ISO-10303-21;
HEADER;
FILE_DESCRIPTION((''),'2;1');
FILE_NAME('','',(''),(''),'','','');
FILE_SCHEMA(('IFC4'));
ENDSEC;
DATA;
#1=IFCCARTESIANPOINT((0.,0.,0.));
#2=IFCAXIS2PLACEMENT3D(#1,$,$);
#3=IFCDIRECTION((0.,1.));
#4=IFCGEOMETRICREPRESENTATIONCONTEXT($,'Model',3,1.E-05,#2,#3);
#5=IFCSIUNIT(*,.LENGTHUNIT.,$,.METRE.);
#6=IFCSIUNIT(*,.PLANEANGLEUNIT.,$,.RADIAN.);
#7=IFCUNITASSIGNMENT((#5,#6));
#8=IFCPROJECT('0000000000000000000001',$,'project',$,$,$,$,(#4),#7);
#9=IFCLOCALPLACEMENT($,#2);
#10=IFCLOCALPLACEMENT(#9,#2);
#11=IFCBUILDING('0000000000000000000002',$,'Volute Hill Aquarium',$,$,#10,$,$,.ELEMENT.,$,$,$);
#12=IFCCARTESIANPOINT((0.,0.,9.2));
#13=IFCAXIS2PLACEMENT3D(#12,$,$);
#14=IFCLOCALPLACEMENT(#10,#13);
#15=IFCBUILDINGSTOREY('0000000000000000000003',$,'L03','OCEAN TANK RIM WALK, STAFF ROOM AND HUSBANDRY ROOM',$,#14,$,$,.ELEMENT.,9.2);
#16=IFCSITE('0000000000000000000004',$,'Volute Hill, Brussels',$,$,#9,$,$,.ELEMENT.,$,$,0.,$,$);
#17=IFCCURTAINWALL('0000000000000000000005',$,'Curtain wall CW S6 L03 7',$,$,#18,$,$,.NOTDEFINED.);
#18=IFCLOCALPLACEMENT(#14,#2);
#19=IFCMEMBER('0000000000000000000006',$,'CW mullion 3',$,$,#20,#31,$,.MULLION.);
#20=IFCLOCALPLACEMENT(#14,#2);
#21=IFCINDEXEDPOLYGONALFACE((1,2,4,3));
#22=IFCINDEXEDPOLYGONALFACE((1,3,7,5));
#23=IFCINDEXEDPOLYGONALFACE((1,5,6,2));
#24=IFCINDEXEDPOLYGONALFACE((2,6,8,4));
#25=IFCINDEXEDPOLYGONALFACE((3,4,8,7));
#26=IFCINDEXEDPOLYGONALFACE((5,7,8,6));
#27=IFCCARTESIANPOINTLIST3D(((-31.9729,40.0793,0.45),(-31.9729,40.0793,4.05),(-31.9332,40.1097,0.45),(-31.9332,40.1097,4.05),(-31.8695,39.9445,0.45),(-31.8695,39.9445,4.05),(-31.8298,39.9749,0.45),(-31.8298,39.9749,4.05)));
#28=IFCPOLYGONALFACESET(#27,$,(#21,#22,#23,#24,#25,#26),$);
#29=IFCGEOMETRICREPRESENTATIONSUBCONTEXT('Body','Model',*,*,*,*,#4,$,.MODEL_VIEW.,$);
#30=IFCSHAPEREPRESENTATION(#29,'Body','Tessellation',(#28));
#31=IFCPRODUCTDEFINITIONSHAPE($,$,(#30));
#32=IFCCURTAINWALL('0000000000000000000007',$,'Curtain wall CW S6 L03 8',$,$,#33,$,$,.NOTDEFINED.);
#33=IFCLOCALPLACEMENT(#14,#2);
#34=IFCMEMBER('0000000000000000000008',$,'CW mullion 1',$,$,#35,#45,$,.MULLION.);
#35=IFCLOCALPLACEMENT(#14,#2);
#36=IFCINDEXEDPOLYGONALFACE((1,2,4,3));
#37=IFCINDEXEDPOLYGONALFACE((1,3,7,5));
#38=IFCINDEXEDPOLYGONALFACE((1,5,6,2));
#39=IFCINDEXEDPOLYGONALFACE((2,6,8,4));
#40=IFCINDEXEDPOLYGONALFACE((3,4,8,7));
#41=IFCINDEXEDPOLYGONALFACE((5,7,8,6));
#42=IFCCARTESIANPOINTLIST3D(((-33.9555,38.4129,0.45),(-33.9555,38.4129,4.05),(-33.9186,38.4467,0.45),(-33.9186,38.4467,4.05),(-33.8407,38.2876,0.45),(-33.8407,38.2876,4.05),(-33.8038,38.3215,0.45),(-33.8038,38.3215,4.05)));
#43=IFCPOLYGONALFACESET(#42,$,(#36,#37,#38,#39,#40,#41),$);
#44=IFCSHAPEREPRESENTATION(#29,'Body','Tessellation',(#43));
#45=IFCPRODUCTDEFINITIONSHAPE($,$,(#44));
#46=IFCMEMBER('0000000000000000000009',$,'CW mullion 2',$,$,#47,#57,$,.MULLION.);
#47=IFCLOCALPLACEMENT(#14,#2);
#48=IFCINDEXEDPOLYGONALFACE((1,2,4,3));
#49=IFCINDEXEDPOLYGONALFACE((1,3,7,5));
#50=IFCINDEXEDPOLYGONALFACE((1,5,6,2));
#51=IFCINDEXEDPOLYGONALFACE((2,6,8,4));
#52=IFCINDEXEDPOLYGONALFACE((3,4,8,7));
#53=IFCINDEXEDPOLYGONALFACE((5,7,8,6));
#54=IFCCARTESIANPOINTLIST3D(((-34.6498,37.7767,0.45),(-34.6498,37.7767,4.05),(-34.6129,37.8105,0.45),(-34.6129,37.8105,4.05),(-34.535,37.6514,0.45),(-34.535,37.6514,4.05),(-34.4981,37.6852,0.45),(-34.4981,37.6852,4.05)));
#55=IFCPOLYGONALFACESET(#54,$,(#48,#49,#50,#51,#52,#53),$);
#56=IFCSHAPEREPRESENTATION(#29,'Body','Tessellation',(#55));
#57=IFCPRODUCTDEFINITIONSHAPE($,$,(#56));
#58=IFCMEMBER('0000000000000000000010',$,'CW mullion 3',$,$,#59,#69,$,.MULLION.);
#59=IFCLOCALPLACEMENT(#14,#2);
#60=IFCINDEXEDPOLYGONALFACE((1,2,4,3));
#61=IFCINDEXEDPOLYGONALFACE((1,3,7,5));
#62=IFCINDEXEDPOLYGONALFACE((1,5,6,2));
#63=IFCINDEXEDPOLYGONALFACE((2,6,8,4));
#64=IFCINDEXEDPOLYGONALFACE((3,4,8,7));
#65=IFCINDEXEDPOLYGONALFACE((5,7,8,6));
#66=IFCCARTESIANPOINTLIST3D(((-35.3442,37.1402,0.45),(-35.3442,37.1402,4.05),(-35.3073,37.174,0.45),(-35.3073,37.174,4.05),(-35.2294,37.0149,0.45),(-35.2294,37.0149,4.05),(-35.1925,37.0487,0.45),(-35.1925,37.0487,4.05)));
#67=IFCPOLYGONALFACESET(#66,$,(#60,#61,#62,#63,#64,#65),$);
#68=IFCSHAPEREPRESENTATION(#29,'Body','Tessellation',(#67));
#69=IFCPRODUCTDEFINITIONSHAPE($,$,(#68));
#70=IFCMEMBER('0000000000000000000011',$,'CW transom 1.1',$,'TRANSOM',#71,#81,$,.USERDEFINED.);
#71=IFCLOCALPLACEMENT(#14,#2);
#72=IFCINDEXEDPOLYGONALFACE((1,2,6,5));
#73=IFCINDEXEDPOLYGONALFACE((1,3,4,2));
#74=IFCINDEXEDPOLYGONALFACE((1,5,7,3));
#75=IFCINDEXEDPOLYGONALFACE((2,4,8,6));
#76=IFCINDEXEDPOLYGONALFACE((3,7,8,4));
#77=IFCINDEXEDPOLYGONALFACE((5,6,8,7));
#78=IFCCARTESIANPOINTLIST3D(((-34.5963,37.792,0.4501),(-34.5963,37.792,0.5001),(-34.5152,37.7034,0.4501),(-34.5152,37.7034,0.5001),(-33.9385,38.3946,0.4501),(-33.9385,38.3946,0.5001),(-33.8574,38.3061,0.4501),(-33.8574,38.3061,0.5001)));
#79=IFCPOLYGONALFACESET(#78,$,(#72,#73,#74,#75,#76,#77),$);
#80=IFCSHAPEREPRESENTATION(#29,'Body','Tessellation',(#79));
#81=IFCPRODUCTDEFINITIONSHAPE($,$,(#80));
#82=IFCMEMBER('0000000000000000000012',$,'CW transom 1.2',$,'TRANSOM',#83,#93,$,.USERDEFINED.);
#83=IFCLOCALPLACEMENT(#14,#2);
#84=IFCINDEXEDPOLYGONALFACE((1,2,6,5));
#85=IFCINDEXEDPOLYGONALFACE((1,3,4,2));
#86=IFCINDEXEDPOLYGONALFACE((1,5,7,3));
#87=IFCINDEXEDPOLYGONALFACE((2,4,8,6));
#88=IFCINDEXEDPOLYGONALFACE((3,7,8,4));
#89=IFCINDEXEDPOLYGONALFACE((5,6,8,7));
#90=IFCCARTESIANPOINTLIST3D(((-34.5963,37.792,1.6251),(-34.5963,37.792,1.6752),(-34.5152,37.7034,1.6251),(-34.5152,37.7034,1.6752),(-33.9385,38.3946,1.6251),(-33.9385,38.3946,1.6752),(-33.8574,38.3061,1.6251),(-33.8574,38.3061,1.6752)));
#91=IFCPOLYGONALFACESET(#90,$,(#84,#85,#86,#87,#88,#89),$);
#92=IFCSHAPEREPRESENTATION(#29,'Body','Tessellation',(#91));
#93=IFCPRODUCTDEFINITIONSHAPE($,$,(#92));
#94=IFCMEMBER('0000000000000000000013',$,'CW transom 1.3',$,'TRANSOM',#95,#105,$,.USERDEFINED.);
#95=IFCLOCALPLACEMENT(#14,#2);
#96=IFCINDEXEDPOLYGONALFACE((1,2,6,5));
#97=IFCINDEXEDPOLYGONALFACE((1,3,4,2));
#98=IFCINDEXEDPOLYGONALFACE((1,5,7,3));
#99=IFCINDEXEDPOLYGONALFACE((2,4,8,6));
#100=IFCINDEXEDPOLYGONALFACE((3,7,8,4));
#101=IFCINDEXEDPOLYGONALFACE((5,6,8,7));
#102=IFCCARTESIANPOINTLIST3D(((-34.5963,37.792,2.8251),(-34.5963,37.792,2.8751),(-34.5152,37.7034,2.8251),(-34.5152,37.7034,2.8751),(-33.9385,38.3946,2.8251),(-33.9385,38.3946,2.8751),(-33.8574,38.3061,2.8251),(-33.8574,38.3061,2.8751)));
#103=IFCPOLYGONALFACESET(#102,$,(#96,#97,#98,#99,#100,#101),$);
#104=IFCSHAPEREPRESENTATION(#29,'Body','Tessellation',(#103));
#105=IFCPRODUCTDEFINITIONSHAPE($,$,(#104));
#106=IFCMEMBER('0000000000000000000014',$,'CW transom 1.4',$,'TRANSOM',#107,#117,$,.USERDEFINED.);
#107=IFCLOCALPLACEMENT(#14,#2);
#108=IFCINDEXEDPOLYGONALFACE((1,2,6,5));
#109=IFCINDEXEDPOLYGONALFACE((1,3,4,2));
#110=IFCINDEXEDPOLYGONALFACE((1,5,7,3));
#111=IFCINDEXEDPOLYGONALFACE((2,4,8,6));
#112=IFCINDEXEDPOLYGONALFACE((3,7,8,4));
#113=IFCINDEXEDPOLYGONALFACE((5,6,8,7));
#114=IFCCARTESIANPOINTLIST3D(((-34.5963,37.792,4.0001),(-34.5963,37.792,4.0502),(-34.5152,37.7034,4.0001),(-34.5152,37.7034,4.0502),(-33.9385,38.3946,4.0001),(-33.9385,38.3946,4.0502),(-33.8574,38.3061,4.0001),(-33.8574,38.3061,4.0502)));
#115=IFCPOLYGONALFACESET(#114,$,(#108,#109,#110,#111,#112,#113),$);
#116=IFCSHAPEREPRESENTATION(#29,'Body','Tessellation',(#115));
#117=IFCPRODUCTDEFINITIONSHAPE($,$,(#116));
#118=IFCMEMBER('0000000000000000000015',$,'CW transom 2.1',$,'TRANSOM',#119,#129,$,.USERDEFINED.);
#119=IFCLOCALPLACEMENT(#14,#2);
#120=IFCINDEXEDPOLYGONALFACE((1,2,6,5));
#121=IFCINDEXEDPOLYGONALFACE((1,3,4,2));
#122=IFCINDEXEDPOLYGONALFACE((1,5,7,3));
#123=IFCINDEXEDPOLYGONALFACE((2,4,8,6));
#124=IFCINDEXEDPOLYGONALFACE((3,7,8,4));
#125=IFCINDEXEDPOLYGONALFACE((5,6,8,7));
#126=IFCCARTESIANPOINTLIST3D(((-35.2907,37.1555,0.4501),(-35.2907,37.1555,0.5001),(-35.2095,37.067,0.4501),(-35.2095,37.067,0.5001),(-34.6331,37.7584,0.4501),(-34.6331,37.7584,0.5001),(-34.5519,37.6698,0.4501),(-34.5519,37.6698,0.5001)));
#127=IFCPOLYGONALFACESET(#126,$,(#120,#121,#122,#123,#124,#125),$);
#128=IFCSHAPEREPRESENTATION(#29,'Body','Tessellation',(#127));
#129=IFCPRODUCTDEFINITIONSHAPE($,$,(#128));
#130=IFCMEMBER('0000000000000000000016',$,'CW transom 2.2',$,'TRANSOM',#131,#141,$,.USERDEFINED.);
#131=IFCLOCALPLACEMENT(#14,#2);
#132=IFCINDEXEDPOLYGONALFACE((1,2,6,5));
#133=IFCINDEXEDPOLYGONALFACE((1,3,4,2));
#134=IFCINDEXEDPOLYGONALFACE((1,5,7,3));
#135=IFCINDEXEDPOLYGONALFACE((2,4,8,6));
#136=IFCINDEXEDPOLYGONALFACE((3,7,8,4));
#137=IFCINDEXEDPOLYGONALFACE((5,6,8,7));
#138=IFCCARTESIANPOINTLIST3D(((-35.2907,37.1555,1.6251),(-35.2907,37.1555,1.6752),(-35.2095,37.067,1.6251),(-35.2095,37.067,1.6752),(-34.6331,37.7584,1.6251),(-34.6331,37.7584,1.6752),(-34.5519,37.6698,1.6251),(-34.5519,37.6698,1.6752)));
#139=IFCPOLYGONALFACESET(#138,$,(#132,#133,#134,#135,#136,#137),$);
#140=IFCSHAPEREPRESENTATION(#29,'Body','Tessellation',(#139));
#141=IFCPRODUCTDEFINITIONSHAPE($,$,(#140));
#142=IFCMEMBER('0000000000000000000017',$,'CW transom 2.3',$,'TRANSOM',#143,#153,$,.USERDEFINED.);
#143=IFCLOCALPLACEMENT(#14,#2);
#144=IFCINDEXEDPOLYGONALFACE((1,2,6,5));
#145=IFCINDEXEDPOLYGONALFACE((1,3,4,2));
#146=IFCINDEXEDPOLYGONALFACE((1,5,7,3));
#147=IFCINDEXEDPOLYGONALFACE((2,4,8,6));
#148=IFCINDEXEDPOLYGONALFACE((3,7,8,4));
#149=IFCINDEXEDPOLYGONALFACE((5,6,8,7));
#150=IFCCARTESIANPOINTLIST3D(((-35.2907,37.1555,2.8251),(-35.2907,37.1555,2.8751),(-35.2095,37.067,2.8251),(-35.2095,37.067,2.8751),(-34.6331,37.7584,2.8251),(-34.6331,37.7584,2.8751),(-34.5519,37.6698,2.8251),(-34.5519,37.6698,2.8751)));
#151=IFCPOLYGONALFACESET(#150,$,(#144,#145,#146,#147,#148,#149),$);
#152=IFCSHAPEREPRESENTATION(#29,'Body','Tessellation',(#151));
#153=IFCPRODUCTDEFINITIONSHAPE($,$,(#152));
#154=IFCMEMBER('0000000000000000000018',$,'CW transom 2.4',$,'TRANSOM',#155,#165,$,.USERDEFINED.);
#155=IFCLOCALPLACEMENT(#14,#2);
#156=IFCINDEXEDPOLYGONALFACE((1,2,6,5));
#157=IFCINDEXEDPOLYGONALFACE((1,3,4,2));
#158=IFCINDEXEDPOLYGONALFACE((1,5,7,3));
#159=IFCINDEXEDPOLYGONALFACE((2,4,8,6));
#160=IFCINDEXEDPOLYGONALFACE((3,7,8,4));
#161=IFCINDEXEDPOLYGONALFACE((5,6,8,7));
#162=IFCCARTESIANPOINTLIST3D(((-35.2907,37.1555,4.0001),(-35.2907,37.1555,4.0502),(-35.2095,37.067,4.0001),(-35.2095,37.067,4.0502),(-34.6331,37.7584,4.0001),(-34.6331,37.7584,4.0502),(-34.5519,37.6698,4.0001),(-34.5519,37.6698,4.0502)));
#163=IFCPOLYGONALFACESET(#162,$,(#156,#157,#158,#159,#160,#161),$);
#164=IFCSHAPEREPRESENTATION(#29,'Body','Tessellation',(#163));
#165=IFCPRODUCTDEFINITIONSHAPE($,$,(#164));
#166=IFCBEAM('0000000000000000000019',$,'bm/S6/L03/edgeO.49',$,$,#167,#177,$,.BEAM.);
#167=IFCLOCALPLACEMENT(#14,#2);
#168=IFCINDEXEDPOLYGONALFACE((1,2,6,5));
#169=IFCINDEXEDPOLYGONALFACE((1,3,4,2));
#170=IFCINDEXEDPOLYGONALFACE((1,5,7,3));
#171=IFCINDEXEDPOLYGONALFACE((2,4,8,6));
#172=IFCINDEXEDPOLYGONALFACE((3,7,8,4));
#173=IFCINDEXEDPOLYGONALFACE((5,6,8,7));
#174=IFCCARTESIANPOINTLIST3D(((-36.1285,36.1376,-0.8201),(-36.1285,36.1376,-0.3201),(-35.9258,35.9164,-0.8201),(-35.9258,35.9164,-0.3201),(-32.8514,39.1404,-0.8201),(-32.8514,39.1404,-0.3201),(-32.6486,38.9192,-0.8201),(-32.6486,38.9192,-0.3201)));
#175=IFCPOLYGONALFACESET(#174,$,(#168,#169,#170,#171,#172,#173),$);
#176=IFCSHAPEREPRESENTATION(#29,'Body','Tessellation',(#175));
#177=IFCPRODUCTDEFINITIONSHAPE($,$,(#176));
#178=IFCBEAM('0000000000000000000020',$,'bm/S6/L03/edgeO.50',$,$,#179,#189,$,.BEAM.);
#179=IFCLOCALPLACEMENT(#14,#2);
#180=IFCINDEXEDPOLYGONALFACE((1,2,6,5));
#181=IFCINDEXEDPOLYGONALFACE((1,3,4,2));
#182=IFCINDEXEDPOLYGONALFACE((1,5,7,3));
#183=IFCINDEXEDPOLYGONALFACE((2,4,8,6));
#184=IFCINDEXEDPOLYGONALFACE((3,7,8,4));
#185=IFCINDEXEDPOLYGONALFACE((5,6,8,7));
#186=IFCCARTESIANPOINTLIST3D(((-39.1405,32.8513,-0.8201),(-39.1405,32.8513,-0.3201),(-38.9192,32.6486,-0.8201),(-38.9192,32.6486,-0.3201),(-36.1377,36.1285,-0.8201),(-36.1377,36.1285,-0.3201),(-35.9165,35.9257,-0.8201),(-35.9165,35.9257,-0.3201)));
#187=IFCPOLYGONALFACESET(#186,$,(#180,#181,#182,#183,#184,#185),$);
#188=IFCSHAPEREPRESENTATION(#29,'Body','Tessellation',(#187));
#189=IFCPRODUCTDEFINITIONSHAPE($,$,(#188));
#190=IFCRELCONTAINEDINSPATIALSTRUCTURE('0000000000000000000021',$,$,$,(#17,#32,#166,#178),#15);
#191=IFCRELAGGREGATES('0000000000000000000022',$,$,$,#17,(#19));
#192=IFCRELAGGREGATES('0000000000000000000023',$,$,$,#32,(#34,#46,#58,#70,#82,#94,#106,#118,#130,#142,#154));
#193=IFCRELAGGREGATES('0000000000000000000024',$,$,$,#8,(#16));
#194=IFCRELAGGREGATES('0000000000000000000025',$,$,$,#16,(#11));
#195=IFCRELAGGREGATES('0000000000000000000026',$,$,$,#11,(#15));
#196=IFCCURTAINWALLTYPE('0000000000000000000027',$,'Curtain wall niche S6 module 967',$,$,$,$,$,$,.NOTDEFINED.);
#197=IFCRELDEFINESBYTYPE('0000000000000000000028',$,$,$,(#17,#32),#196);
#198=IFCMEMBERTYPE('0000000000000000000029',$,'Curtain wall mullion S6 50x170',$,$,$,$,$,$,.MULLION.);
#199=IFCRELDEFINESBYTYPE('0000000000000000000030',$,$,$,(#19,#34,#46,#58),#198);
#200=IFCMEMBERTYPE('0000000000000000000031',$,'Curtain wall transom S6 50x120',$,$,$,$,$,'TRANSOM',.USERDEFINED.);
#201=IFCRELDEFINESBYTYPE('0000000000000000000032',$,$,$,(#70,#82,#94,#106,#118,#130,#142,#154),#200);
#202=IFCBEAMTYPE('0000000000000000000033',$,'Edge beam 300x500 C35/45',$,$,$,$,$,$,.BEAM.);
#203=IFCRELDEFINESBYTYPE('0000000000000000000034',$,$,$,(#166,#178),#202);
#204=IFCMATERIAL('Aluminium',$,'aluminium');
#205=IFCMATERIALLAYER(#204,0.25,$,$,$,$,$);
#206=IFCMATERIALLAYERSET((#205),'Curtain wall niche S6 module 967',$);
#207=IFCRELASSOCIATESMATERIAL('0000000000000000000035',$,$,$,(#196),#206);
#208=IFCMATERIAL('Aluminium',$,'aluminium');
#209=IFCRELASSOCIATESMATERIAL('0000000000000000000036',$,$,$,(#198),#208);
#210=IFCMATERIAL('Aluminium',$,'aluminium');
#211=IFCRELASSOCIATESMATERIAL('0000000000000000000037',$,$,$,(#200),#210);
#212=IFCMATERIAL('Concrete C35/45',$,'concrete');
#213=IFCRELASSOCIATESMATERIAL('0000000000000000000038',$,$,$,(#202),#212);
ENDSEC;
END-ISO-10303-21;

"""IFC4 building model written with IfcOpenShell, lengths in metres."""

from ifc_helpers import new_model, si_unit, direction, frame, origin, origin_2d, place, context, subcontext, project, spatial, rectangle, extrude, material, layer, layer_set, material_profile, profile_set, type_object, element, aggregate, save


model = new_model("IFC4")

# Units and contexts
model_context = context("Model", 3, precision=1e-05, world=origin(), true_north=direction((0.0, 1.0)))
body_context = subcontext(model_context, "Body", "Model", "MODEL_VIEW")
ifc_project = project(units=[si_unit("LENGTHUNIT", "METRE"), si_unit("PLANEANGLEUNIT", "RADIAN")], contexts=[model_context])

# Site, building, storey
site_placement = place(None, origin())
site = spatial("IfcSite", under=ifc_project, at=site_placement, Name="Volute Hill, Brussels", CompositionType="ELEMENT", RefElevation=0.0)
building_placement = place(site_placement, origin())
building = spatial("IfcBuilding", under=site, at=building_placement, Name="Volute Hill Aquarium", CompositionType="ELEMENT")
storey_placement = place(building_placement, frame((0.0, 0.0, 9.2)))
storey = spatial("IfcBuildingStorey", under=building, at=storey_placement, Name="L03", Description="OCEAN TANK RIM WALK, STAFF ROOM AND HUSBANDRY ROOM", CompositionType="ELEMENT", Elevation=9.2)

# Curtain wall, member
ifc_material_1 = material(Name="Aluminium", Category="aluminium")
ifc_layer_1 = layer(ifc_material_1, 0.25)
ifc_layer_set_1 = layer_set([ifc_layer_1], Name="Curtain wall niche S6 module 967")
curtain_wall_type = type_object("IfcCurtainWallType", Name="Curtain wall niche S6 module 967", PredefinedType="NOTDEFINED", material=ifc_layer_set_1)
curtain_wall_1_placement = place(storey_placement, origin())
curtain_wall_1 = element("IfcCurtainWall", 1, at=curtain_wall_1_placement, inside=storey, type_object=curtain_wall_type, Name="Curtain wall CW S6 L03 7", PredefinedType="NOTDEFINED")
ifc_material_2 = material(Name="Aluminium", Category="aluminium")
ifc_material_profile_1 = material_profile(ifc_material_2, rectangle(XDim=0.1699, YDim=0.05, at=origin_2d()), Name="Curtain wall mullion S6 50x170")
ifc_profile_set_1 = profile_set([ifc_material_profile_1], Name="Aluminium")
member_type_1 = type_object("IfcMemberType", Name="Curtain wall mullion S6 50x170", PredefinedType="MULLION", material=ifc_profile_set_1)
member_1_placement = place(storey_placement, frame((-31.9014, 40.0271, 0.45), z_axis=(0.0, 0.0, 1.0), x_axis=(0.608769, -0.793348, 0.0)))
member_1 = element("IfcMember", 2, at=member_1_placement, type_object=member_type_1, Name="CW mullion 3", PredefinedType="MULLION", context=body_context, shape_type="SweptSolid", body=[
    extrude(rectangle(XDim=0.1699, YDim=0.05, at=origin_2d()), origin(), (0.0, 0.0, 1.0), 3.6001),
])

# Curtain wall, members
curtain_wall_2_placement = place(storey_placement, origin())
curtain_wall_2 = element("IfcCurtainWall", 3, at=curtain_wall_2_placement, inside=storey, type_object=curtain_wall_type, Name="Curtain wall CW S6 L03 8", PredefinedType="NOTDEFINED")
member_2_placement = place(storey_placement, frame((-33.8796, 38.3672, 0.45), z_axis=(0.0, 0.0, 1.0), x_axis=(0.675582, -0.737285, 0.0)))
member_2 = element("IfcMember", 4, at=member_2_placement, type_object=member_type_1, Name="CW mullion 1", PredefinedType="MULLION", context=body_context, shape_type="SweptSolid", body=[
    extrude(rectangle(XDim=0.1699, YDim=0.05, at=origin_2d()), origin(), (0.0, 0.0, 1.0), 3.6001),
])
member_3_placement = place(storey_placement, frame((-34.574, 37.731, 0.45), z_axis=(0.0, 0.0, 1.0), x_axis=(0.675582, -0.737285, 0.0)))
member_3 = element("IfcMember", 5, at=member_3_placement, type_object=member_type_1, Name="CW mullion 2", PredefinedType="MULLION", context=body_context, shape_type="SweptSolid", body=[
    extrude(rectangle(XDim=0.1699, YDim=0.05, at=origin_2d()), origin(), (0.0, 0.0, 1.0), 3.6001),
])
member_4_placement = place(storey_placement, frame((-35.2683, 37.0945, 0.45), z_axis=(0.0, 0.0, 1.0), x_axis=(0.675582, -0.737285, 0.0)))
member_4 = element("IfcMember", 6, at=member_4_placement, type_object=member_type_1, Name="CW mullion 3", PredefinedType="MULLION", context=body_context, shape_type="SweptSolid", body=[
    extrude(rectangle(XDim=0.1699, YDim=0.05, at=origin_2d()), origin(), (0.0, 0.0, 1.0), 3.6001),
])
ifc_material_3 = material(Name="Aluminium", Category="aluminium")
ifc_material_profile_2 = material_profile(ifc_material_3, rectangle(XDim=0.1201, YDim=0.05, at=origin_2d()), Name="Curtain wall transom S6 50x120")
ifc_profile_set_2 = profile_set([ifc_material_profile_2], Name="Aluminium")
member_type_2 = type_object("IfcMemberType", Name="Curtain wall transom S6 50x120", ElementType="TRANSOM", PredefinedType="USERDEFINED", material=ifc_profile_set_2)
member_5_placement = place(storey_placement, frame((-33.8979, 38.3503, 0.4751), z_axis=(-0.737359, -0.675502, 0.0), x_axis=(0.675502, -0.737359, 0.0)))
member_5 = element("IfcMember", 7, at=member_5_placement, type_object=member_type_2, Name="CW transom 1.1", ObjectType="TRANSOM", PredefinedType="USERDEFINED", context=body_context, shape_type="SweptSolid", body=[
    extrude(rectangle(XDim=0.1201, YDim=0.05, at=origin_2d()), origin(), (0.0, 0.0, 1.0), 0.8921),
])
member_6_placement = place(storey_placement, frame((-33.8979, 38.3503, 1.6501), z_axis=(-0.737359, -0.675502, 0.0), x_axis=(0.675502, -0.737359, 0.0)))
member_6 = element("IfcMember", 8, at=member_6_placement, type_object=member_type_2, Name="CW transom 1.2", ObjectType="TRANSOM", PredefinedType="USERDEFINED", context=body_context, shape_type="SweptSolid", body=[
    extrude(rectangle(XDim=0.1201, YDim=0.05, at=origin_2d()), origin(), (0.0, 0.0, 1.0), 0.8921),
])
member_7_placement = place(storey_placement, frame((-33.8979, 38.3503, 2.8501), z_axis=(-0.737359, -0.675502, 0.0), x_axis=(0.675502, -0.737359, 0.0)))
member_7 = element("IfcMember", 9, at=member_7_placement, type_object=member_type_2, Name="CW transom 1.3", ObjectType="TRANSOM", PredefinedType="USERDEFINED", context=body_context, shape_type="SweptSolid", body=[
    extrude(rectangle(XDim=0.1201, YDim=0.05, at=origin_2d()), origin(), (0.0, 0.0, 1.0), 0.8921),
])
member_8_placement = place(storey_placement, frame((-33.8979, 38.3503, 4.0251), z_axis=(-0.737359, -0.675502, 0.0), x_axis=(0.675502, -0.737359, 0.0)))
member_8 = element("IfcMember", 10, at=member_8_placement, type_object=member_type_2, Name="CW transom 1.4", ObjectType="TRANSOM", PredefinedType="USERDEFINED", context=body_context, shape_type="SweptSolid", body=[
    extrude(rectangle(XDim=0.1201, YDim=0.05, at=origin_2d()), origin(), (0.0, 0.0, 1.0), 0.8921),
])
member_9_placement = place(storey_placement, frame((-34.5925, 37.7141, 0.4751), z_axis=(-0.737097, -0.675787, 0.0), x_axis=(0.675787, -0.737097, 0.0)))
member_9 = element("IfcMember", 11, at=member_9_placement, type_object=member_type_2, Name="CW transom 2.1", ObjectType="TRANSOM", PredefinedType="USERDEFINED", context=body_context, shape_type="SweptSolid", body=[
    extrude(rectangle(XDim=0.1201, YDim=0.05, at=origin_2d()), origin(), (0.0, 0.0, 1.0), 0.8921),
])
member_10_placement = place(storey_placement, frame((-34.5925, 37.7141, 1.6501), z_axis=(-0.737097, -0.675787, 0.0), x_axis=(0.675787, -0.737097, 0.0)))
member_10 = element("IfcMember", 12, at=member_10_placement, type_object=member_type_2, Name="CW transom 2.2", ObjectType="TRANSOM", PredefinedType="USERDEFINED", context=body_context, shape_type="SweptSolid", body=[
    extrude(rectangle(XDim=0.1201, YDim=0.05, at=origin_2d()), origin(), (0.0, 0.0, 1.0), 0.8921),
])
member_11_placement = place(storey_placement, frame((-34.5925, 37.7141, 2.8501), z_axis=(-0.737097, -0.675787, 0.0), x_axis=(0.675787, -0.737097, 0.0)))
member_11 = element("IfcMember", 13, at=member_11_placement, type_object=member_type_2, Name="CW transom 2.3", ObjectType="TRANSOM", PredefinedType="USERDEFINED", context=body_context, shape_type="SweptSolid", body=[
    extrude(rectangle(XDim=0.1201, YDim=0.05, at=origin_2d()), origin(), (0.0, 0.0, 1.0), 0.8921),
])
member_12_placement = place(storey_placement, frame((-34.5925, 37.7141, 4.0251), z_axis=(-0.737097, -0.675787, 0.0), x_axis=(0.675787, -0.737097, 0.0)))
member_12 = element("IfcMember", 14, at=member_12_placement, type_object=member_type_2, Name="CW transom 2.4", ObjectType="TRANSOM", PredefinedType="USERDEFINED", context=body_context, shape_type="SweptSolid", body=[
    extrude(rectangle(XDim=0.1201, YDim=0.05, at=origin_2d()), origin(), (0.0, 0.0, 1.0), 0.8921),
])

# Beams
ifc_material_4 = material(Name="Concrete C35/45", Category="concrete")
ifc_material_profile_3 = material_profile(ifc_material_4, rectangle(XDim=0.3, YDim=0.5, at=origin_2d()), Name="RC edge beam 300x500")
ifc_profile_set_3 = profile_set([ifc_material_profile_3], Name="Concrete C35/45")
beam_type_1 = type_object("IfcBeamType", Name="Edge beam 300x500 C35/45", PredefinedType="BEAM", material=ifc_profile_set_3)
for number, where, z_axis, x_axis, name in (
    (15, (-32.75, 39.0298, -0.5701), (-0.737302, -0.675563, 0.0), (0.675563, -0.737302, 0.0), "bm/S6/L03/edgeO.49"),
    (16, (-36.0271, 36.0271, -0.5701), (-0.675563, -0.737302, 0.0), (0.737302, -0.675563, 0.0), "bm/S6/L03/edgeO.50"),
):
    element("IfcBeam", number, at=place(storey_placement, frame(where, z_axis=z_axis, x_axis=x_axis)), inside=storey, type_object=beam_type_1, Name=name, PredefinedType="BEAM", context=body_context, shape_type="SweptSolid", body=[
        extrude(rectangle(XDim=0.3, YDim=0.5, at=origin_2d()), origin(), (0.0, 0.0, 1.0), 4.4448),
    ])

aggregate(curtain_wall_1, [member_1])
aggregate(curtain_wall_2, [member_2, member_3, member_4, member_5, member_6, member_7, member_8, member_9, member_10, member_11, member_12])

save(model, "model.ifc")
